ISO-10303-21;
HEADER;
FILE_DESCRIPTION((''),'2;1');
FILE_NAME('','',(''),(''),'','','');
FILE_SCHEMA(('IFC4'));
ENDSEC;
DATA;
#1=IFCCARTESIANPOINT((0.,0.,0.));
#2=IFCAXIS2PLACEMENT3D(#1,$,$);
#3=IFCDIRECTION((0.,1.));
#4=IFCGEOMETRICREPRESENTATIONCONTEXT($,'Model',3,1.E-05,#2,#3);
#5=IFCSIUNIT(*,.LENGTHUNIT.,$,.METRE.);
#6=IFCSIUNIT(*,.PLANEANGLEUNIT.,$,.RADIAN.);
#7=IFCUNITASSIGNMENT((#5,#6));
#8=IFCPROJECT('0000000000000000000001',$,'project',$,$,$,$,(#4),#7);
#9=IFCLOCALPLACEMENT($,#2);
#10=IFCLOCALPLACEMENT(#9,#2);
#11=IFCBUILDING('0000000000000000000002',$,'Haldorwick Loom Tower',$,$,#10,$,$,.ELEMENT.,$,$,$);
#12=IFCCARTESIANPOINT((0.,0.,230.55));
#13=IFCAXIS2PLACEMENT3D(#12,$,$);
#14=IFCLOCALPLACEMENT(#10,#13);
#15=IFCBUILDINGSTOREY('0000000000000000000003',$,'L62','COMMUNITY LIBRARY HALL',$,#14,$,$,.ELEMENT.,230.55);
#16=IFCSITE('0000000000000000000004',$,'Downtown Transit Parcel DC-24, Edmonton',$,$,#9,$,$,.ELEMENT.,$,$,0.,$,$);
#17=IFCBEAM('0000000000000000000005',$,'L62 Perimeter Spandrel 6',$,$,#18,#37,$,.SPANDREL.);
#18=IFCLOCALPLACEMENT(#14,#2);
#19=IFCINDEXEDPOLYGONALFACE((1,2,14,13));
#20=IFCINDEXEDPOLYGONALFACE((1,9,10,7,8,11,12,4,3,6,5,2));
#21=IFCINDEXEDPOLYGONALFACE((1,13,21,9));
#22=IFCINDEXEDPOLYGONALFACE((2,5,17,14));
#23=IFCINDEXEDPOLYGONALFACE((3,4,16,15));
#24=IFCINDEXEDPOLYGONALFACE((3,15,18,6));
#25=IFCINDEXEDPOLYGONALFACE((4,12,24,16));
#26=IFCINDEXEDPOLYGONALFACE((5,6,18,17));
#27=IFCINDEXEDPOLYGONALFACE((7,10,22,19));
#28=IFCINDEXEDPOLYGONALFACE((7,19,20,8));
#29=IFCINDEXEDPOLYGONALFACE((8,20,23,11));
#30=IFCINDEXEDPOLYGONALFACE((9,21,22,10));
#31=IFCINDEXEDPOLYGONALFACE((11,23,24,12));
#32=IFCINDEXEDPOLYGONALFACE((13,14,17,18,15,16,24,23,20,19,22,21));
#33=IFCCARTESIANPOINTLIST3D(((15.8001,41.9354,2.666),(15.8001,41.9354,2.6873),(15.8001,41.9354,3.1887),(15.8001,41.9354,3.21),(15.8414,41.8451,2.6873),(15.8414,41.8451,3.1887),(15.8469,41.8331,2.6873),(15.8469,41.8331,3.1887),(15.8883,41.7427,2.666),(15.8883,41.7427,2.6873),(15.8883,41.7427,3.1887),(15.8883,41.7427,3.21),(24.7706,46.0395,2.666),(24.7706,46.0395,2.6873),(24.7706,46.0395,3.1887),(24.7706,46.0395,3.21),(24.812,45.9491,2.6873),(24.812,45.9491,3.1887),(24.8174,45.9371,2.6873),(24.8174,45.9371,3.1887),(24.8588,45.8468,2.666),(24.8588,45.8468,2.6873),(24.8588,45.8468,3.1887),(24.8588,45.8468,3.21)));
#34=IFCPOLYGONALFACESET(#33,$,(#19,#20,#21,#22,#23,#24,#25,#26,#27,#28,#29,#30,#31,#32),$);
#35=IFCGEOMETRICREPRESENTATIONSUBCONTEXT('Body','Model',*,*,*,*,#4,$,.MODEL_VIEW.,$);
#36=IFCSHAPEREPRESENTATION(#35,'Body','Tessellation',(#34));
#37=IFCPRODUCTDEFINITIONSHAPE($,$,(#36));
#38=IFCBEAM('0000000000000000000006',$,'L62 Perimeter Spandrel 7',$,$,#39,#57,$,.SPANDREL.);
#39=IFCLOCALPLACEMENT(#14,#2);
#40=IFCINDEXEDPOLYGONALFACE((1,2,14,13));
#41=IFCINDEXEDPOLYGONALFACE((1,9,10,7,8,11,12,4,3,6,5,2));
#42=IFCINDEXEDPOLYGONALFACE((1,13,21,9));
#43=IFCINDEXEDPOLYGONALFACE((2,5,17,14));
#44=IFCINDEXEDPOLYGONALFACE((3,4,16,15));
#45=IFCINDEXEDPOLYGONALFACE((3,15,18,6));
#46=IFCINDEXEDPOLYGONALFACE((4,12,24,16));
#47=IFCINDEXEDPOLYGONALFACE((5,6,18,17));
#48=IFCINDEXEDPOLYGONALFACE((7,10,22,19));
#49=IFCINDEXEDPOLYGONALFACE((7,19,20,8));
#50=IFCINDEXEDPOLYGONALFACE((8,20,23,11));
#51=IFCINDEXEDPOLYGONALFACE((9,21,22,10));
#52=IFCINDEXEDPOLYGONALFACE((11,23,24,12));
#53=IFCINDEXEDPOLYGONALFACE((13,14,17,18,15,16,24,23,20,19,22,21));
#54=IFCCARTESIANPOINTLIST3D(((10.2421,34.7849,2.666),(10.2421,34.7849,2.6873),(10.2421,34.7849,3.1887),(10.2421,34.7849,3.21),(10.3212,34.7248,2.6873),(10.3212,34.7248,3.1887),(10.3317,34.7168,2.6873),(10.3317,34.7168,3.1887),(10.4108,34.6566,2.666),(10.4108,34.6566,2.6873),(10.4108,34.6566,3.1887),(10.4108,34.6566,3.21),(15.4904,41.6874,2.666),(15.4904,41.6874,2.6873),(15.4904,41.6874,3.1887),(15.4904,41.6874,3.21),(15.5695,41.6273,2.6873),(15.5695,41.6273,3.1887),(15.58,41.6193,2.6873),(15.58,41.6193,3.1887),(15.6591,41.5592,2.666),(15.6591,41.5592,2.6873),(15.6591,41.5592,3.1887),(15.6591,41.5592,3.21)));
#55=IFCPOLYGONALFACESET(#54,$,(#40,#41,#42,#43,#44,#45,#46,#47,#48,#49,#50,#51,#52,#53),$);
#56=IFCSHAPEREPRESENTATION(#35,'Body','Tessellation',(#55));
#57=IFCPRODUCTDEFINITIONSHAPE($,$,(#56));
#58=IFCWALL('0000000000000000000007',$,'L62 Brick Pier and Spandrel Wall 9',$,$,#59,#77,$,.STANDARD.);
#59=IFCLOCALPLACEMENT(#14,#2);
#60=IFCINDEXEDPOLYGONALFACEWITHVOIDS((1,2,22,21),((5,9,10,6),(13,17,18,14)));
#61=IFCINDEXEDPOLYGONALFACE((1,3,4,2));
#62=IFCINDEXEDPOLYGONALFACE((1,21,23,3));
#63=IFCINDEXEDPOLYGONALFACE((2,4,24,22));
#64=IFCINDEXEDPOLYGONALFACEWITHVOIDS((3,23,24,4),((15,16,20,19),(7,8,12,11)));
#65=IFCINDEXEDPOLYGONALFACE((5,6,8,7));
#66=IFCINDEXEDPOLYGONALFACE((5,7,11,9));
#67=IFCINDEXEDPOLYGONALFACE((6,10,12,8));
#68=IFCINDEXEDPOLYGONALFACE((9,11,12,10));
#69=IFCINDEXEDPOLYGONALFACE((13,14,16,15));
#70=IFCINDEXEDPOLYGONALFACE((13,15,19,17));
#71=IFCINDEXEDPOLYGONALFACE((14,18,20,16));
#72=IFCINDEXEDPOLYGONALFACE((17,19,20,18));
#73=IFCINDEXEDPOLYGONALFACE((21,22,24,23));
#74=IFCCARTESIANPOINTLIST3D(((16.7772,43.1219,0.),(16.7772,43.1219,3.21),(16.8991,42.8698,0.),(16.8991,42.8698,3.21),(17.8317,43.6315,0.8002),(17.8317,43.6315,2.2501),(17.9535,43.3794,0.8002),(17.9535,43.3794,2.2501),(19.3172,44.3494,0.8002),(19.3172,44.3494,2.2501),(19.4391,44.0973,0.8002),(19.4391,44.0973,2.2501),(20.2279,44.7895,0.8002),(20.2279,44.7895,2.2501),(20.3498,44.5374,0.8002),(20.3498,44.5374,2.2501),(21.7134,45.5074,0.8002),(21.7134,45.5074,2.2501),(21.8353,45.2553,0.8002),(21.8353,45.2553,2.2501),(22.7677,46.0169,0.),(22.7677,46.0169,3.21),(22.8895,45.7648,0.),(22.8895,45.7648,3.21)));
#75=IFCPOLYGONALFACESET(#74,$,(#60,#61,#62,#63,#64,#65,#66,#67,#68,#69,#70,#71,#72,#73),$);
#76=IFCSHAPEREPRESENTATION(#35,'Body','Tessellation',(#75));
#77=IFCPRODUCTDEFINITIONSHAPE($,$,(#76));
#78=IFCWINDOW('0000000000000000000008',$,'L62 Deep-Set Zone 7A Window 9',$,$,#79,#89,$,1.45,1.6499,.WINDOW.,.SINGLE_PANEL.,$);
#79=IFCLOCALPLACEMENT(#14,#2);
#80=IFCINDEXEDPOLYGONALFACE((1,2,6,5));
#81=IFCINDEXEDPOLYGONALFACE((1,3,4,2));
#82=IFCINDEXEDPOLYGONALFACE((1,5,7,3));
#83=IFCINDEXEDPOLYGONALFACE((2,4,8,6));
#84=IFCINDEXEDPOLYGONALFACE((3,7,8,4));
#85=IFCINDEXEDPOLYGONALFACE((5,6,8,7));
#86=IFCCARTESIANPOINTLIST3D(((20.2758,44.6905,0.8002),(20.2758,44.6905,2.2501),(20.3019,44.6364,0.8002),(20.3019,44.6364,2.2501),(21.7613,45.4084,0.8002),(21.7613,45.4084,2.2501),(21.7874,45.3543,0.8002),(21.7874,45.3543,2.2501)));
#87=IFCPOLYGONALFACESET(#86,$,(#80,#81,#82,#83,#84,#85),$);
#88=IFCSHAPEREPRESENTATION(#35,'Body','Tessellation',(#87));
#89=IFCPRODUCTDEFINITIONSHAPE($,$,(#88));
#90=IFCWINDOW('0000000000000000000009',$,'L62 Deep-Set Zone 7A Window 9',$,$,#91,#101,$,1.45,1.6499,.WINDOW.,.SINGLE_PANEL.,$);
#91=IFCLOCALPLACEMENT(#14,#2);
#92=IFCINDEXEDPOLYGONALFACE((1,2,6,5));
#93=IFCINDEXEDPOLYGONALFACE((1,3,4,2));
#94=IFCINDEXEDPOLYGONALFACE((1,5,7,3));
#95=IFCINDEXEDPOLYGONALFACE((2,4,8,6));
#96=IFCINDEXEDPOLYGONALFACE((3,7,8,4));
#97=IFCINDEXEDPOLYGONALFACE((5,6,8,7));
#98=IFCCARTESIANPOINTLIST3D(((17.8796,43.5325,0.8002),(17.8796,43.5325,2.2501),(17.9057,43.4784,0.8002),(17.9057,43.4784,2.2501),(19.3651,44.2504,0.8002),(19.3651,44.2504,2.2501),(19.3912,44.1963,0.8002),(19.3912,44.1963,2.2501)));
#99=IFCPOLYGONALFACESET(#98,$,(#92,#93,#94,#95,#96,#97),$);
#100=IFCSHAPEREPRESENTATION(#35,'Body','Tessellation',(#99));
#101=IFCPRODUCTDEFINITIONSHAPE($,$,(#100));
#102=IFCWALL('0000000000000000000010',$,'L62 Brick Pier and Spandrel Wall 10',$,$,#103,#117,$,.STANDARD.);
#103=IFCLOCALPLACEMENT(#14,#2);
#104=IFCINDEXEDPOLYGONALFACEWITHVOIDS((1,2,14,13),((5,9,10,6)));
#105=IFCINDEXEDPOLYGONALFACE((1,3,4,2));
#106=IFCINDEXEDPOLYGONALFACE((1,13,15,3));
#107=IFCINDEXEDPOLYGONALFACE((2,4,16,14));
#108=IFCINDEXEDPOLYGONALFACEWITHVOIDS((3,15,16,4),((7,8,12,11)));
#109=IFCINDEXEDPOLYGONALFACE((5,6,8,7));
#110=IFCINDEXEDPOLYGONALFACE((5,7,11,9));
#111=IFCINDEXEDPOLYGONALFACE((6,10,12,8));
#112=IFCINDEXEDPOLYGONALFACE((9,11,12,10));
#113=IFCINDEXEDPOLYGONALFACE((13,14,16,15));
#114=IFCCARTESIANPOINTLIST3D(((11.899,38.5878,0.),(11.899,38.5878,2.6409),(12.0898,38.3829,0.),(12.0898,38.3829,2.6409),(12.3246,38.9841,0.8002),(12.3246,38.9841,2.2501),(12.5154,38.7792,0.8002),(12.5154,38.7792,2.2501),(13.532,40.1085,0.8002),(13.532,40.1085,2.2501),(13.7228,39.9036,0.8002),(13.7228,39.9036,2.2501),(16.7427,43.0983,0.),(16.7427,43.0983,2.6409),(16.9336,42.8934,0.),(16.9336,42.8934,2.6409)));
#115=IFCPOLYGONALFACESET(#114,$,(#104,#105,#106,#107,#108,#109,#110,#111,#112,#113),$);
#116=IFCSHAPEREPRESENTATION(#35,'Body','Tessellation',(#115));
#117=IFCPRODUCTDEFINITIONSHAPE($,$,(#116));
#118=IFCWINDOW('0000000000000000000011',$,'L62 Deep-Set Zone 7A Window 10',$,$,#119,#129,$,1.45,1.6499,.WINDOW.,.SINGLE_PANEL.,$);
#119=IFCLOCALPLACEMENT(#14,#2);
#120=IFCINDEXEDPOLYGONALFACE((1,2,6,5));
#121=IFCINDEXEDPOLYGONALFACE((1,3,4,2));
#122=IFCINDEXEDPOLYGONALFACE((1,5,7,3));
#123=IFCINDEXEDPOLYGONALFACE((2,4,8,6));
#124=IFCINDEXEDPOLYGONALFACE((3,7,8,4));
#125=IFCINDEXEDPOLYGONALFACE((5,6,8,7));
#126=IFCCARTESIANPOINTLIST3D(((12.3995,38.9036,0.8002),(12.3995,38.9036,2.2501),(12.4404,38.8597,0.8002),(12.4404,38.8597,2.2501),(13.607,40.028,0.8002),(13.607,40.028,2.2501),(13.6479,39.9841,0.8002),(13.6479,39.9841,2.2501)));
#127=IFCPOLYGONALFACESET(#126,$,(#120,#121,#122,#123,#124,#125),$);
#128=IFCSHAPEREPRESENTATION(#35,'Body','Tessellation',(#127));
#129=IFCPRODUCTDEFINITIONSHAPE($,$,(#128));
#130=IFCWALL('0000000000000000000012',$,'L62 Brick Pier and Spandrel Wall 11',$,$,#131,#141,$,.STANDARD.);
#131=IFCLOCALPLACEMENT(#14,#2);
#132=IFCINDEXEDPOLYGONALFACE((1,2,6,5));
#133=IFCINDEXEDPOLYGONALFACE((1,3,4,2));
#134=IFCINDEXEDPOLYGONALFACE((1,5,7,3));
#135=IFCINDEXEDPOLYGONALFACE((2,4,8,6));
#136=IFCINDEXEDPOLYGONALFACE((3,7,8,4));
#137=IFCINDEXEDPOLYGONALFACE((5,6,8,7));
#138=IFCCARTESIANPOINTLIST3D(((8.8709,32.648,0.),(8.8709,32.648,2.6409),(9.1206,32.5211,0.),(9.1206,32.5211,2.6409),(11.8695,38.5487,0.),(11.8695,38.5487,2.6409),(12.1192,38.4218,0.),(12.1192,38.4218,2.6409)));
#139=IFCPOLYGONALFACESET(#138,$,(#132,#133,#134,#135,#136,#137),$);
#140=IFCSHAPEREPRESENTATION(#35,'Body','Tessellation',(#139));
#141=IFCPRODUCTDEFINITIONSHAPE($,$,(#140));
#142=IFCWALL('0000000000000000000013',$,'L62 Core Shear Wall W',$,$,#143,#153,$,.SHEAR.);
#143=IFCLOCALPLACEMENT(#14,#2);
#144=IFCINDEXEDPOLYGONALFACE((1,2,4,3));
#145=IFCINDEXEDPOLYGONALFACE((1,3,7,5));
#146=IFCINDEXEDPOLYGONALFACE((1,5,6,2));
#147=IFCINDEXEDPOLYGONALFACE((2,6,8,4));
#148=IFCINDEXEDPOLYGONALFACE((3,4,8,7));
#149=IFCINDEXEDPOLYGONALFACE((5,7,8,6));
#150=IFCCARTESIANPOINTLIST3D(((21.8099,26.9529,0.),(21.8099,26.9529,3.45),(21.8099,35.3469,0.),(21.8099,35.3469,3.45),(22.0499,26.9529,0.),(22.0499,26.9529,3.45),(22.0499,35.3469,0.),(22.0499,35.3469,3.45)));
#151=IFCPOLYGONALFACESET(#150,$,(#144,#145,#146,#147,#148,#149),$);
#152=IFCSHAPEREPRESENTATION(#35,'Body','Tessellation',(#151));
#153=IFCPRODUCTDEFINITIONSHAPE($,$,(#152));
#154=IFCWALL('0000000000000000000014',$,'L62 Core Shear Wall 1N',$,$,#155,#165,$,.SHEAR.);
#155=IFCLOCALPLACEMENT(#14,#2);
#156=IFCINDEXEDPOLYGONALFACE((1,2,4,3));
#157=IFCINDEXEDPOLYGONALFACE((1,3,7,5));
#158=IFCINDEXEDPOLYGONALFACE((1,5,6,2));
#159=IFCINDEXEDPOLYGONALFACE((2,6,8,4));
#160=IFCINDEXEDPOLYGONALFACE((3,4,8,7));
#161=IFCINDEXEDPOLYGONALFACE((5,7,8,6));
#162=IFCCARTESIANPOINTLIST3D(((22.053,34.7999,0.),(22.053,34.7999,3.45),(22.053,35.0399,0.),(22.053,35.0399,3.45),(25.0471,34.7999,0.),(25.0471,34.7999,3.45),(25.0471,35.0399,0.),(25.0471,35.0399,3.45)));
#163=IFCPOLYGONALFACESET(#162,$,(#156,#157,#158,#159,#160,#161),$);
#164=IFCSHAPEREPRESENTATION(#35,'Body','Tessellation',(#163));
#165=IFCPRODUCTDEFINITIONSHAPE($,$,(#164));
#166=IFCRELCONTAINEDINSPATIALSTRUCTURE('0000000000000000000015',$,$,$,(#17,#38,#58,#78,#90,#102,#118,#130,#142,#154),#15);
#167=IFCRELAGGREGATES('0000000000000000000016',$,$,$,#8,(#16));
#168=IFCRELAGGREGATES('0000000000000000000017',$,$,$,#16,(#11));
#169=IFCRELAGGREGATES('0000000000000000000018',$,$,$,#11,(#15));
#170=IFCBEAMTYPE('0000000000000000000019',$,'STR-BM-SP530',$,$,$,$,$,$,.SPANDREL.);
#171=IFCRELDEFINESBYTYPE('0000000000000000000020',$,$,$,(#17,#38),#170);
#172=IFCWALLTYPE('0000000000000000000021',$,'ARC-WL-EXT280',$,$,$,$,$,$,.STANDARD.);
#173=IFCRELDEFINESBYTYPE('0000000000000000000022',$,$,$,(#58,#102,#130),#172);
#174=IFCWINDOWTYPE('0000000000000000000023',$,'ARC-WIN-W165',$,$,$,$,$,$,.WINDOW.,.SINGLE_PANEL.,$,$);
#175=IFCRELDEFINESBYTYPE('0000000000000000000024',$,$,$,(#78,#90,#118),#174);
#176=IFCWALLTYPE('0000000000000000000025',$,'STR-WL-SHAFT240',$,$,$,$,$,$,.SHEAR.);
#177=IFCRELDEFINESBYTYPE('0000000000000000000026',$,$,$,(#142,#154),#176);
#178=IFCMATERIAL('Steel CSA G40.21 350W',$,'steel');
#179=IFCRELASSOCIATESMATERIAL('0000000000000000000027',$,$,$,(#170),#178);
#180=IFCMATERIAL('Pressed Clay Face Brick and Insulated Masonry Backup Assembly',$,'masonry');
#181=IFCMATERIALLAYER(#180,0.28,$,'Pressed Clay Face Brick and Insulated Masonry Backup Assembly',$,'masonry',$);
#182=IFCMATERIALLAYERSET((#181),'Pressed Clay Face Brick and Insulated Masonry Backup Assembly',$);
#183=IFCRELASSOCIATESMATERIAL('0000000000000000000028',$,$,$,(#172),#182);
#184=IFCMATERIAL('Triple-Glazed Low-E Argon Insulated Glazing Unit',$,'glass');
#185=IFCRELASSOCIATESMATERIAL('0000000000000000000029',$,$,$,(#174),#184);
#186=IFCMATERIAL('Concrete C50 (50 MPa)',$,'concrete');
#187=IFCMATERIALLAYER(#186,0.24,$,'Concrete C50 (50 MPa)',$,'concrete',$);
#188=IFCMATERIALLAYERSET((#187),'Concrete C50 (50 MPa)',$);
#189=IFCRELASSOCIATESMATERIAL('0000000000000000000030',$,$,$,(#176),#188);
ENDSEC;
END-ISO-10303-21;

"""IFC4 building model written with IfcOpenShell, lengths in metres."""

from ifc_helpers import new_model, si_unit, direction, frame, frame_2d, origin, origin_2d, place, context, subcontext, project, spatial, rectangle, i_section, extrude, material, layer, layer_set, material_profile, profile_set, type_object, element, fill, save


model = new_model("IFC4")

# Units and contexts
model_context = context("Model", 3, precision=1e-05, world=origin(), true_north=direction((0.0, 1.0)))
body_context = subcontext(model_context, "Body", "Model", "MODEL_VIEW")
ifc_project = project(units=[si_unit("LENGTHUNIT", "METRE"), si_unit("PLANEANGLEUNIT", "RADIAN")], contexts=[model_context])

# Site, building, storey
site_placement = place(None, origin())
site = spatial("IfcSite", under=ifc_project, at=site_placement, Name="Downtown Transit Parcel DC-24, Edmonton", CompositionType="ELEMENT", RefElevation=0.0)
building_placement = place(site_placement, origin())
building = spatial("IfcBuilding", under=site, at=building_placement, Name="Haldorwick Loom Tower", CompositionType="ELEMENT")
storey_placement = place(building_placement, frame((0.0, 0.0, 230.55)))
storey = spatial("IfcBuildingStorey", under=building, at=storey_placement, Name="L62", Description="COMMUNITY LIBRARY HALL", CompositionType="ELEMENT", Elevation=230.55)

# Shared definitions
ifc_material_1 = material(Name="Steel CSA G40.21 350W", Category="steel")

# Beams
ifc_material_2 = material(Name="Concrete C50 (50 MPa)", Category="concrete")
ifc_material_profile_1 = material_profile(ifc_material_1, i_section(OverallWidth=0.2119, OverallDepth=0.5439, WebThickness=0.0132, FlangeThickness=0.0212, at=origin_2d()), Name="W530X123", Category="steel")
ifc_profile_set_1 = profile_set([ifc_material_profile_1], Name="Steel CSA G40.21 350W")
beam_type_1 = type_object("IfcBeamType", Name="STR-BM-SP530", PredefinedType="SPANDREL", material=ifc_profile_set_1)
beam_1_placement = place(storey_placement, frame((24.8147, 45.9431, 2.938), z_axis=(-0.909351, -0.41603, 0.0), x_axis=(0.41603, -0.909351, 0.0)))
element("IfcBeam", 1, at=beam_1_placement, inside=storey, type_object=beam_type_1, Name="L62 Perimeter Spandrel 6", PredefinedType="SPANDREL", context=body_context, shape_type="SweptSolid", body=[
    extrude(i_section(OverallWidth=0.2119, OverallDepth=0.5439, WebThickness=0.0132, FlangeThickness=0.0212, at=origin_2d()), origin(), (0.0, 0.0, 1.0), 9.8647),
])
beam_2_placement = place(storey_placement, frame((15.5747, 41.6233, 2.938), z_axis=(-0.605253, -0.796033, 0.0), x_axis=(0.796033, -0.605253, 0.0)))
element("IfcBeam", 2, at=beam_2_placement, inside=storey, type_object=beam_type_1, Name="L62 Perimeter Spandrel 7", PredefinedType="SPANDREL", context=body_context, shape_type="SweptSolid", body=[
    extrude(i_section(OverallWidth=0.2119, OverallDepth=0.5439, WebThickness=0.0132, FlangeThickness=0.0212, at=origin_2d()), origin(), (0.0, 0.0, 1.0), 8.6711),
])

# Wall, openings, windows
ifc_material_3 = material(Name="Pressed Clay Face Brick and Insulated Masonry Backup Assembly", Category="masonry")
ifc_layer_1 = layer(ifc_material_3, 0.28, Name="Pressed Clay Face Brick and Insulated Masonry Backup Assembly", Category="masonry")
ifc_layer_set_1 = layer_set([ifc_layer_1], Name="Pressed Clay Face Brick and Insulated Masonry Backup Assembly")
wall_type_1 = type_object("IfcWallType", Name="ARC-WL-EXT280", PredefinedType="STANDARD", material=ifc_layer_set_1)
wall_1_placement = place(storey_placement, frame((22.8286, 45.8909, 0.0), z_axis=(0.0, 0.0, 1.0), x_axis=(-0.900371, -0.435123, 0.0)))
wall_1 = element("IfcWall", 3, at=wall_1_placement, inside=storey, type_object=wall_type_1, Name="L62 Brick Pier and Spandrel Wall 9", PredefinedType="STANDARD", context=body_context, shape_type="SweptSolid", body=[
    extrude(rectangle(XDim=6.6533, YDim=0.28, at=frame_2d((3.3267, 0.0))), origin(), (0.0, 0.0, 1.0), 3.21),
])
opening_1_placement = place(wall_1_placement, frame((1.1709, 0.0, 0.8)))
opening_1 = element("IfcOpeningElement", 4, at=opening_1_placement, cuts=wall_1, PredefinedType="OPENING", context=body_context, shape_type="SweptSolid", body=[
    extrude(rectangle(XDim=1.6499, YDim=1.45, at=frame_2d((0.825, 0.7251))), frame((0.0, 0.1499, 0.0), z_axis=(0.0, -1.0, 0.0), x_axis=(1.0, 0.0, 0.0)), (0.0, 0.0, 1.0), 0.3),
])
opening_2_placement = place(wall_1_placement, frame((3.8323, 0.0, 0.8)))
opening_2 = element("IfcOpeningElement", 5, at=opening_2_placement, cuts=wall_1, PredefinedType="OPENING", context=body_context, shape_type="SweptSolid", body=[
    extrude(rectangle(XDim=1.6499, YDim=1.45, at=frame_2d((0.825, 0.7251))), frame((0.0, 0.1499, 0.0), z_axis=(0.0, -1.0, 0.0), x_axis=(1.0, 0.0, 0.0)), (0.0, 0.0, 1.0), 0.3),
])
ifc_material_4 = material(Name="Triple-Glazed Low-E Argon Insulated Glazing Unit", Category="glass")
window_type = type_object("IfcWindowType", Name="ARC-WIN-W165", PartitioningType="SINGLE_PANEL", PredefinedType="WINDOW", material=ifc_material_4)
window_1_placement = place(opening_1_placement, origin())
window_1 = element("IfcWindow", 6, at=window_1_placement, inside=storey, type_object=window_type, Name="L62 Deep-Set Zone 7A Window 9", OverallHeight=1.45, OverallWidth=1.6499, PartitioningType="SINGLE_PANEL", PredefinedType="WINDOW", context=body_context, shape_type="SweptSolid", body=[
    extrude(rectangle(XDim=1.6499, YDim=1.45, at=frame_2d((0.825, 0.7251))), frame((0.0, 0.03, 0.0), z_axis=(0.0, -1.0, 0.0), x_axis=(1.0, 0.0, 0.0)), (0.0, 0.0, 1.0), 0.0601),
])
fill(opening_1, window_1)
window_2_placement = place(opening_2_placement, origin())
window_2 = element("IfcWindow", 7, at=window_2_placement, inside=storey, type_object=window_type, Name="L62 Deep-Set Zone 7A Window 9", OverallHeight=1.45, OverallWidth=1.6499, PartitioningType="SINGLE_PANEL", PredefinedType="WINDOW", context=body_context, shape_type="SweptSolid", body=[
    extrude(rectangle(XDim=1.6499, YDim=1.45, at=frame_2d((0.825, 0.7251))), frame((0.0, 0.03, 0.0), z_axis=(0.0, -1.0, 0.0), x_axis=(1.0, 0.0, 0.0)), (0.0, 0.0, 1.0), 0.0601),
])
fill(opening_2, window_2)

# Wall, opening, window
wall_2_placement = place(storey_placement, frame((16.8381, 42.9958, 0.0), z_axis=(0.0, 0.0, 1.0), x_axis=(-0.731834, -0.681483, 0.0)))
wall_2 = element("IfcWall", 8, at=wall_2_placement, inside=storey, type_object=wall_type_1, Name="L62 Brick Pier and Spandrel Wall 10", PredefinedType="STANDARD", context=body_context, shape_type="SweptSolid", body=[
    extrude(rectangle(XDim=6.6187, YDim=0.28, at=frame_2d((3.3093, 0.0))), origin(), (0.0, 0.0, 1.0), 2.6409),
])
opening_3_placement = place(wall_2_placement, frame((4.3872, 0.0, 0.8)))
opening_3 = element("IfcOpeningElement", 9, at=opening_3_placement, cuts=wall_2, PredefinedType="OPENING", context=body_context, shape_type="SweptSolid", body=[
    extrude(rectangle(XDim=1.6499, YDim=1.45, at=frame_2d((0.825, 0.7251))), frame((0.0, 0.1499, 0.0), z_axis=(0.0, -1.0, 0.0), x_axis=(1.0, 0.0, 0.0)), (0.0, 0.0, 1.0), 0.3),
])
window_3_placement = place(opening_3_placement, origin())
window_3 = element("IfcWindow", 10, at=window_3_placement, inside=storey, type_object=window_type, Name="L62 Deep-Set Zone 7A Window 10", OverallHeight=1.45, OverallWidth=1.6499, PartitioningType="SINGLE_PANEL", PredefinedType="WINDOW", context=body_context, shape_type="SweptSolid", body=[
    extrude(rectangle(XDim=1.6499, YDim=1.45, at=frame_2d((0.825, 0.7251))), frame((0.0, 0.03, 0.0), z_axis=(0.0, -1.0, 0.0), x_axis=(1.0, 0.0, 0.0)), (0.0, 0.0, 1.0), 0.0601),
])
fill(opening_3, window_3)

# Walls
wall_3_placement = place(storey_placement, frame((11.9944, 38.4854, 0.0), z_axis=(0.0, 0.0, 1.0), x_axis=(-0.453032, -0.891494, 0.0)))
element("IfcWall", 11, at=wall_3_placement, inside=storey, type_object=wall_type_1, Name="L62 Brick Pier and Spandrel Wall 11", PredefinedType="STANDARD", context=body_context, shape_type="SweptSolid", body=[
    extrude(rectangle(XDim=6.6189, YDim=0.28, at=frame_2d((3.3096, 0.0))), origin(), (0.0, 0.0, 1.0), 2.6409),
])
ifc_layer_2 = layer(ifc_material_2, 0.24, Name="Concrete C50 (50 MPa)", Category="concrete")
ifc_layer_set_2 = layer_set([ifc_layer_2], Name="Concrete C50 (50 MPa)")
wall_type_2 = type_object("IfcWallType", Name="STR-WL-SHAFT240", PredefinedType="SHEAR", material=ifc_layer_set_2)
wall_4_placement = place(storey_placement, frame((21.9299, 35.3469, 0.0), z_axis=(0.0, 0.0, 1.0), x_axis=(0.0, -1.0, 0.0)))
element("IfcWall", 12, at=wall_4_placement, inside=storey, type_object=wall_type_2, Name="L62 Core Shear Wall W", PredefinedType="SHEAR", context=body_context, shape_type="SweptSolid", body=[
    extrude(rectangle(XDim=8.394, YDim=0.24, at=frame_2d((4.197, 0.0))), origin(), (0.0, 0.0, 1.0), 3.45),
])
wall_5_placement = place(storey_placement, frame((22.053, 34.9199, 0.0), z_axis=(0.0, 0.0, 1.0), x_axis=(1.0, 0.0, 0.0)))
element("IfcWall", 13, at=wall_5_placement, inside=storey, type_object=wall_type_2, Name="L62 Core Shear Wall 1N", PredefinedType="SHEAR", context=body_context, shape_type="SweptSolid", body=[
    extrude(rectangle(XDim=2.9941, YDim=0.24, at=frame_2d((1.4971, 0.0))), origin(), (0.0, 0.0, 1.0), 3.45),
])

save(model, "model.ifc")
